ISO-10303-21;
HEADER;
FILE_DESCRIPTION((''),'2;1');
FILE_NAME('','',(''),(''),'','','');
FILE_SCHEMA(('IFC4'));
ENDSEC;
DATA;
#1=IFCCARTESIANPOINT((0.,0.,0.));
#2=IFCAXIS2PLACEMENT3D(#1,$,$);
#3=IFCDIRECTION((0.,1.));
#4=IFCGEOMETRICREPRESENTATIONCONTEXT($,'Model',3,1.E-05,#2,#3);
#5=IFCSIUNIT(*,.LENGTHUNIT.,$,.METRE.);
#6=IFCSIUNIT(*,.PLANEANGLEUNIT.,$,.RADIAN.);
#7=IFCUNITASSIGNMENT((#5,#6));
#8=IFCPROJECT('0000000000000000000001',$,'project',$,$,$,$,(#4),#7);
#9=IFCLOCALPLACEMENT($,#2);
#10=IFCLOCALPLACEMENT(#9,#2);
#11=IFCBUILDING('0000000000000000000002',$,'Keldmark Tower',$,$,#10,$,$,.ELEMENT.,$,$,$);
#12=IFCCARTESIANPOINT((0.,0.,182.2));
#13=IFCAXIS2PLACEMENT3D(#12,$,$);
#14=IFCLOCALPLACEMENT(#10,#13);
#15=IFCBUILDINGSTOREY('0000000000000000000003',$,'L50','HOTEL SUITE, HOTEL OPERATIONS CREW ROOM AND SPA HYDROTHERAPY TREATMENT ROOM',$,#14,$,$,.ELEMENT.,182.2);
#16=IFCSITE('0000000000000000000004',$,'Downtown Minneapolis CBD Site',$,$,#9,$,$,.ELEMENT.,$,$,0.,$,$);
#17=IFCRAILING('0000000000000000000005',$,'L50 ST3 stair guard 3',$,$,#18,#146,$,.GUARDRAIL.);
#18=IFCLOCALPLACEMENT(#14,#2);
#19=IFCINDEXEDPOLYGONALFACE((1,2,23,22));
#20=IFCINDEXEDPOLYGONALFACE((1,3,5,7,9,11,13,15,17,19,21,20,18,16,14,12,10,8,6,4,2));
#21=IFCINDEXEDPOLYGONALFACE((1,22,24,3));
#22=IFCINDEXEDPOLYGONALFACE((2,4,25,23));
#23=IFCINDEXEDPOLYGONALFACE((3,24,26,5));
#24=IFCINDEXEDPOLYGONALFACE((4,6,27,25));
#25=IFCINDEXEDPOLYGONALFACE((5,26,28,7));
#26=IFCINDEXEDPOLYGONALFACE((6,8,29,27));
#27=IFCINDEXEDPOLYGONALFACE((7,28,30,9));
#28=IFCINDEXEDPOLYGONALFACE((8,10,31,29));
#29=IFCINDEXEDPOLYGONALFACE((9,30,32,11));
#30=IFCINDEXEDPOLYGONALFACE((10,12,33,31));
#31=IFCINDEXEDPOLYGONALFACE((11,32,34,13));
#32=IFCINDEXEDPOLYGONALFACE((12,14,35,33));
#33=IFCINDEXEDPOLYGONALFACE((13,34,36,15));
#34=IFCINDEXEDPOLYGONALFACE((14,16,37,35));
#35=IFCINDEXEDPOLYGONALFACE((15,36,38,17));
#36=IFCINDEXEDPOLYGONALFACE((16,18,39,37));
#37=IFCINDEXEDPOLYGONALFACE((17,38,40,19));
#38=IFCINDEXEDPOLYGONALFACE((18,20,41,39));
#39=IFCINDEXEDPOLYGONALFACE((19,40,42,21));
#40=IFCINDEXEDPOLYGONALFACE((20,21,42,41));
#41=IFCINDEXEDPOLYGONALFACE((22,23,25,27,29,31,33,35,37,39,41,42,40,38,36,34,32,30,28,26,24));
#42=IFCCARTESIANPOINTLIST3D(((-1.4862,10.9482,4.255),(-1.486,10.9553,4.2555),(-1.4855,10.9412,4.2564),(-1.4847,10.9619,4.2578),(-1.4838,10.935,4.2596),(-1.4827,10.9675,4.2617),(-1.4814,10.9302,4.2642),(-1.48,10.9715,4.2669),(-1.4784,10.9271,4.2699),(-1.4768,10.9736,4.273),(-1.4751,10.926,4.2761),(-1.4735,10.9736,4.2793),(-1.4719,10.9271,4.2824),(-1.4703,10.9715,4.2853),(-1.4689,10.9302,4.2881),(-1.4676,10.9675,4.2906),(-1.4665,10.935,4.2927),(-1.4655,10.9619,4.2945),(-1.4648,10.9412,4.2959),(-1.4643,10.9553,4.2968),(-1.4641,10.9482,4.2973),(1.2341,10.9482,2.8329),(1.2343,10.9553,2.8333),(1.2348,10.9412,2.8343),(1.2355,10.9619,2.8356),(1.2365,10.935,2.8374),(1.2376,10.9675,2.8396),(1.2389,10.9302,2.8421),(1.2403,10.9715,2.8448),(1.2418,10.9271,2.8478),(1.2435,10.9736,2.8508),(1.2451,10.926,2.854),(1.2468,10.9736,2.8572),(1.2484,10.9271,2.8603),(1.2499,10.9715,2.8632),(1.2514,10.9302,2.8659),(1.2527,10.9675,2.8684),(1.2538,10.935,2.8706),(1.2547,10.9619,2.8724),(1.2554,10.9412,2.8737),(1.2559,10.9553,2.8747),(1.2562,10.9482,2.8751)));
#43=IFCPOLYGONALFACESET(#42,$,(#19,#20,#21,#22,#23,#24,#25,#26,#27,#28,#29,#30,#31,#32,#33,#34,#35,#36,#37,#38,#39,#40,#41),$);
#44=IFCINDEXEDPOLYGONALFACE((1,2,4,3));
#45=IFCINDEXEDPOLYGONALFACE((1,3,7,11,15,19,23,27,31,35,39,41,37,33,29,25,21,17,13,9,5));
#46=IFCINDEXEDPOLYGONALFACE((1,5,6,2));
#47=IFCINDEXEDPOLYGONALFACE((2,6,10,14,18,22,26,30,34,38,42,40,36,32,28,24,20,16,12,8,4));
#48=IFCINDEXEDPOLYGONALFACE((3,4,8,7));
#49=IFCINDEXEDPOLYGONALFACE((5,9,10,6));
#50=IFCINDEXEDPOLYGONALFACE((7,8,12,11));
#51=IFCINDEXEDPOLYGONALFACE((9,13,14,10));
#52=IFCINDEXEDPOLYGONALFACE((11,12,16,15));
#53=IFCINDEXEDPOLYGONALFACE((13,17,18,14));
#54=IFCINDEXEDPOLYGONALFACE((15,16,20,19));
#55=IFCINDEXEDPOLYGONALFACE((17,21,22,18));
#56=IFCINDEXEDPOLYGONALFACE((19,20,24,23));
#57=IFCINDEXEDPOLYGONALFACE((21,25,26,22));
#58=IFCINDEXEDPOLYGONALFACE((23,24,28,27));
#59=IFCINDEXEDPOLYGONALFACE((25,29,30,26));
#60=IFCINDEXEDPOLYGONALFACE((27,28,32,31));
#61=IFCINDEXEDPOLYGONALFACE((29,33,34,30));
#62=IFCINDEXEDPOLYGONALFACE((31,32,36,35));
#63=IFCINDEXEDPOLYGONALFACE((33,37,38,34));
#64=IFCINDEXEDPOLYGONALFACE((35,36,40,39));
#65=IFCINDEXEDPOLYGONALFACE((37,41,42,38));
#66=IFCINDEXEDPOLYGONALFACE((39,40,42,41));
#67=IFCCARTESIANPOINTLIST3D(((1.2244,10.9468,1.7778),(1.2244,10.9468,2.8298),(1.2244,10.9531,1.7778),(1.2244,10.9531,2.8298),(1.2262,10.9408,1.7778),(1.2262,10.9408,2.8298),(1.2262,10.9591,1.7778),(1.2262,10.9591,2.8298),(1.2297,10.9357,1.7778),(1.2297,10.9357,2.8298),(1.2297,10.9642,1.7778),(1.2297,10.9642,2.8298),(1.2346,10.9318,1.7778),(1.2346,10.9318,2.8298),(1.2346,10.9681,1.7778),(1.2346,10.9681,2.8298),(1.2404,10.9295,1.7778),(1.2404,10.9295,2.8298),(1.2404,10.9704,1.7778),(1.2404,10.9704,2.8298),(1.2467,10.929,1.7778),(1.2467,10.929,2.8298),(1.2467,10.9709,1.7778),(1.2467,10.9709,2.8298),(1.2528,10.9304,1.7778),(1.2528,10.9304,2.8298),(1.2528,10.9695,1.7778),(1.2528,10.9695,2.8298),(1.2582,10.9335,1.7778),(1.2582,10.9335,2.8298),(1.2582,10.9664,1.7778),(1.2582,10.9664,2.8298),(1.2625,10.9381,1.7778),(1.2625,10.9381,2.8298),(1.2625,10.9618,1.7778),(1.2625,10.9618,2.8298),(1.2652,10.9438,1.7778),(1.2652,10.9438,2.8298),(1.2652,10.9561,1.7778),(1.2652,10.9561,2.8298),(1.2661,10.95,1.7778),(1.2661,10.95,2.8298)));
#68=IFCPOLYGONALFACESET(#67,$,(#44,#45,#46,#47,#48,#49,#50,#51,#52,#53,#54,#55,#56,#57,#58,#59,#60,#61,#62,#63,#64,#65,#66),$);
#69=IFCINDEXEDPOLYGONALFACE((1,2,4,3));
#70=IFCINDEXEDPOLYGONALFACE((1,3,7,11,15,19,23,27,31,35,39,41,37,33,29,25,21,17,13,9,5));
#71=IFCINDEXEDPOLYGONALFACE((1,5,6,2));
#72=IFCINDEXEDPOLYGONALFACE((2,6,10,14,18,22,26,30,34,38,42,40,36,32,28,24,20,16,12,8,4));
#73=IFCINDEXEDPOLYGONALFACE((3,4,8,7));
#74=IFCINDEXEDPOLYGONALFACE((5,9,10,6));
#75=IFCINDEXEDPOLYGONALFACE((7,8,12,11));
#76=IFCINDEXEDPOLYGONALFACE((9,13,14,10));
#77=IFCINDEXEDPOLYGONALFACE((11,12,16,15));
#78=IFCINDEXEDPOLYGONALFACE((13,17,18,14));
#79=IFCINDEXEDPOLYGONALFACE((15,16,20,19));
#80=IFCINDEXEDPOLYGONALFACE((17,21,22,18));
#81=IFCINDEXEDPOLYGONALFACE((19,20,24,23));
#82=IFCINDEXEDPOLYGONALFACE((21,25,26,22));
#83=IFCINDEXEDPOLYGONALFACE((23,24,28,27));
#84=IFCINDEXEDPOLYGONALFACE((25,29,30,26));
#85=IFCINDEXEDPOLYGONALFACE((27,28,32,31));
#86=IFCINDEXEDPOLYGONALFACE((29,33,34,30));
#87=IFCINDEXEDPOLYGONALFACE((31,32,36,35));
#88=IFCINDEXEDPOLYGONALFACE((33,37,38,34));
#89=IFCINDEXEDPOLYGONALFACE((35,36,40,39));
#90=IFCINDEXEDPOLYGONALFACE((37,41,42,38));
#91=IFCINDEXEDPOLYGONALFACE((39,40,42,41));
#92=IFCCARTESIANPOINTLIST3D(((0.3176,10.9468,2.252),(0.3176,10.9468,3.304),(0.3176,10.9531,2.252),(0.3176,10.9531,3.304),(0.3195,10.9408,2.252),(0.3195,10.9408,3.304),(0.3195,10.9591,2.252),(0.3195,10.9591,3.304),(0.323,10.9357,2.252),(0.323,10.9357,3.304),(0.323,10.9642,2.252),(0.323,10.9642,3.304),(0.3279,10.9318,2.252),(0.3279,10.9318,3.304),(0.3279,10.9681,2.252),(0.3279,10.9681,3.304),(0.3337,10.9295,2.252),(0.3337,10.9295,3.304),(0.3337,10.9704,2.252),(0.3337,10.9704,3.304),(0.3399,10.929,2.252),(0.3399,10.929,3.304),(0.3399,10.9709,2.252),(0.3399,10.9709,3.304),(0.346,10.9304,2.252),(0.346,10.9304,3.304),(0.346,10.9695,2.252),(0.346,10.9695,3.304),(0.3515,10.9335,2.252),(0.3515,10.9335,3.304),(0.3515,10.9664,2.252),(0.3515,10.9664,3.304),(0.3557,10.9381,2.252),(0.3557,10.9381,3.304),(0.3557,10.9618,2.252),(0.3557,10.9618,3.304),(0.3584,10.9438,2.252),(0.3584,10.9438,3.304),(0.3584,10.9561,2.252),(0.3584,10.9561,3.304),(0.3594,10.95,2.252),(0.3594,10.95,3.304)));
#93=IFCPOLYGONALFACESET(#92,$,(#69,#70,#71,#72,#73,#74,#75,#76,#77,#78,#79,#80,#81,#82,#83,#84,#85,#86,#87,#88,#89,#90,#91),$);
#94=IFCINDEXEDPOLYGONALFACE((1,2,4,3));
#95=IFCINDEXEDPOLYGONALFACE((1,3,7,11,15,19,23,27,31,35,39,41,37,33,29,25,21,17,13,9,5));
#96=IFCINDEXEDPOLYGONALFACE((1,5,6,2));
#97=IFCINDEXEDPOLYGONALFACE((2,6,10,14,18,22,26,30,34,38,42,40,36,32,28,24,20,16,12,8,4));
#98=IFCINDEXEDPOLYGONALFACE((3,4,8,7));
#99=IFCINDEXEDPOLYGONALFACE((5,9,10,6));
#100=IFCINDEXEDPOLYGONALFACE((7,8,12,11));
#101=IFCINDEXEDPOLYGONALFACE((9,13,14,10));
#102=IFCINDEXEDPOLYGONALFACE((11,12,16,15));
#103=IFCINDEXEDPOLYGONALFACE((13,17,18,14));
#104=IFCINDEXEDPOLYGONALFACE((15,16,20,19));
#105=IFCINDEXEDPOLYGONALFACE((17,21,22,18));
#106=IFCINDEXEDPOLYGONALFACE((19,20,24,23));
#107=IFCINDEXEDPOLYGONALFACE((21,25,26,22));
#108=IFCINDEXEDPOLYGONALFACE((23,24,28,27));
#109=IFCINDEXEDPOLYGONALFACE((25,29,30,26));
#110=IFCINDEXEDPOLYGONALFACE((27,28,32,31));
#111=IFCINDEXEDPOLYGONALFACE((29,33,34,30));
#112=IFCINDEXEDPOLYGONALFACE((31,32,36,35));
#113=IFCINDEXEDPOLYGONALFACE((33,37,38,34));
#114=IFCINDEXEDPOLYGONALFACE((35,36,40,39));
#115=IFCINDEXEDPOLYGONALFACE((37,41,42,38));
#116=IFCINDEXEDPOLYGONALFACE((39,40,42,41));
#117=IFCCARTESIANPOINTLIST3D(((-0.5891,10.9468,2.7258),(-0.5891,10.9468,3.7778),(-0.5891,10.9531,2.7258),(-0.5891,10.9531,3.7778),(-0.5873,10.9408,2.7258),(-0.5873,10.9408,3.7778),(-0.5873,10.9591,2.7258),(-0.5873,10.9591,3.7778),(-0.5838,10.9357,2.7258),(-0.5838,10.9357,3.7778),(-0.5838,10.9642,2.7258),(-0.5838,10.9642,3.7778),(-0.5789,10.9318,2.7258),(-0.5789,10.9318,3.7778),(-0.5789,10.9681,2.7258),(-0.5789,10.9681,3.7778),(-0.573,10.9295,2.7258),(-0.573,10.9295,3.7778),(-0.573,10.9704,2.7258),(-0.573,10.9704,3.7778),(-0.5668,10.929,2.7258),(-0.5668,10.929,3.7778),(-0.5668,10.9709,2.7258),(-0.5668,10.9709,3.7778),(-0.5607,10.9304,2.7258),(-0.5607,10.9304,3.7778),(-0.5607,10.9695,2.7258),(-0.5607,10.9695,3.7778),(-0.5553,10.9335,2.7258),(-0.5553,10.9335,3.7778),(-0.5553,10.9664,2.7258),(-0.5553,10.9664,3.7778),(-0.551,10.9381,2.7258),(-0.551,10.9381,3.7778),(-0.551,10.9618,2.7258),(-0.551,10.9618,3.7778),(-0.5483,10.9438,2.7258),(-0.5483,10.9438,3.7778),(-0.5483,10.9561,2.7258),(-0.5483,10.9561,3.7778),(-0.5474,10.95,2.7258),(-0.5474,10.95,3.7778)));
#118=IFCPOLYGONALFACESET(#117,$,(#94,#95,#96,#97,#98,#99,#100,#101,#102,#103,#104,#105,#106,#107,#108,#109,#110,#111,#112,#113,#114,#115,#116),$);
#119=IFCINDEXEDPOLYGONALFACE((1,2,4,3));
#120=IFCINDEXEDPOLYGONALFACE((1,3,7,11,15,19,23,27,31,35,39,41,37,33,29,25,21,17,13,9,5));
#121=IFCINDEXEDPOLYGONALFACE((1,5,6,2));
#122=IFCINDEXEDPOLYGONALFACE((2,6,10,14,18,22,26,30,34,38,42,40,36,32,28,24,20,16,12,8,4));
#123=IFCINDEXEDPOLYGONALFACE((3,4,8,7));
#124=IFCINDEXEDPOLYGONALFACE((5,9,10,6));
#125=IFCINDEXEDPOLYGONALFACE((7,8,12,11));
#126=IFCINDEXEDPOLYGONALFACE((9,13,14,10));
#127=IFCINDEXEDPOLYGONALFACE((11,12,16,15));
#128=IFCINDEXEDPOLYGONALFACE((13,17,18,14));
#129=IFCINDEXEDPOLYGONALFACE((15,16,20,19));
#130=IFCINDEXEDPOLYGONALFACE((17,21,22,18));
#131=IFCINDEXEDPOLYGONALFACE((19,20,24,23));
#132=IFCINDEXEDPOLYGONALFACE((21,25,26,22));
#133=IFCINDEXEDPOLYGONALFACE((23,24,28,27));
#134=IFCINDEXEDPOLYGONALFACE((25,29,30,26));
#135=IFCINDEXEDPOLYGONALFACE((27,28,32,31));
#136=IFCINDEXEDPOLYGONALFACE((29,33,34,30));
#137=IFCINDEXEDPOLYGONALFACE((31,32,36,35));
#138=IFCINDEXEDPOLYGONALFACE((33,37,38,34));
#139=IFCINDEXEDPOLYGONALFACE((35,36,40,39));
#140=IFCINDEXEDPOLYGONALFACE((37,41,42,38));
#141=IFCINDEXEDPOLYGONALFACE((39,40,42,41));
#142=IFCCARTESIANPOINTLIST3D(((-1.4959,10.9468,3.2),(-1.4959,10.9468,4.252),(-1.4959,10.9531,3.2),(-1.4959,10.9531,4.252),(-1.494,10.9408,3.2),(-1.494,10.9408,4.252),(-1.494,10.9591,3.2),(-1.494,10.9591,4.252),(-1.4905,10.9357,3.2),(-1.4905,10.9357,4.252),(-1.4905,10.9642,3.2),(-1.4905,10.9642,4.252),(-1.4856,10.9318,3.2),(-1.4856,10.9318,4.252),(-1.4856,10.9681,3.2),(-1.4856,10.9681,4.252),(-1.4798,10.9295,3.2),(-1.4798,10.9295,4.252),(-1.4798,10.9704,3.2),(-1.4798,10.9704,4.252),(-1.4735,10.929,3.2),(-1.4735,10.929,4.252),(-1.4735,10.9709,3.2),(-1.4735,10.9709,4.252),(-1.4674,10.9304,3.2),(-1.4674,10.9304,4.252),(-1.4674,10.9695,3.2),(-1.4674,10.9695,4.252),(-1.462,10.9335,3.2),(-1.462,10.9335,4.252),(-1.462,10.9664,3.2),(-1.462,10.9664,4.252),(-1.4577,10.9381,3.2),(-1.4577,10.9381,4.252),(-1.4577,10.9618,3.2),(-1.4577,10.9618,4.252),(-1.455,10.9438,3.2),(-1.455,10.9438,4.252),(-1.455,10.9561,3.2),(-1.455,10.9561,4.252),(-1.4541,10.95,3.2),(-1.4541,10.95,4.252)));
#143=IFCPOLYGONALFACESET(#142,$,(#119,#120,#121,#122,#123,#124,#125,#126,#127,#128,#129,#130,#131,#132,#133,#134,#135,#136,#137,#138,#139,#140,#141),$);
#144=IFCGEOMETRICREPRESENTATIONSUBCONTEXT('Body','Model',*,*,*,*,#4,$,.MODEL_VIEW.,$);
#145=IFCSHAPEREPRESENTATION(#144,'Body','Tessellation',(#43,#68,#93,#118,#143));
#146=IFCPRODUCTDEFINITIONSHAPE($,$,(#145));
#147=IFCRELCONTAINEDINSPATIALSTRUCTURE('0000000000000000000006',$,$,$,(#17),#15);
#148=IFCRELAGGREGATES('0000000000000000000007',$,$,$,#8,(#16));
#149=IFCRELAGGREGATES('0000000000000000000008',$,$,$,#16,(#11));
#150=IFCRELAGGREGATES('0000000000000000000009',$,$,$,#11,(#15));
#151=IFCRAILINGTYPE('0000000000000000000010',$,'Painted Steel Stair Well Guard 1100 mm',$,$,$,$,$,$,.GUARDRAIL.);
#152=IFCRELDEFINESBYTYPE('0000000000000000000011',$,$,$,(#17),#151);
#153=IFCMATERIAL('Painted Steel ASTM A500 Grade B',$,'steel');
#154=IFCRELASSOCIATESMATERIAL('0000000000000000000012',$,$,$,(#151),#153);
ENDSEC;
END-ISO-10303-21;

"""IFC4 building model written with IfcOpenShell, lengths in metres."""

from ifc_helpers import new_model, si_unit, direction, frame, origin, origin_2d, place, context, subcontext, project, spatial, circle, extrude, material, type_object, element, save


model = new_model("IFC4")

# Units and contexts
model_context = context("Model", 3, precision=1e-05, world=origin(), true_north=direction((0.0, 1.0)))
body_context = subcontext(model_context, "Body", "Model", "MODEL_VIEW")
ifc_project = project(units=[si_unit("LENGTHUNIT", "METRE"), si_unit("PLANEANGLEUNIT", "RADIAN")], contexts=[model_context])

# Site, building, storey
site_placement = place(None, origin())
site = spatial("IfcSite", under=ifc_project, at=site_placement, Name="Downtown Minneapolis CBD Site", CompositionType="ELEMENT", RefElevation=0.0)
building_placement = place(site_placement, origin())
building = spatial("IfcBuilding", under=site, at=building_placement, Name="Keldmark Tower", CompositionType="ELEMENT")
storey_placement = place(building_placement, frame((0.0, 0.0, 182.2)))
storey = spatial("IfcBuildingStorey", under=building, at=storey_placement, Name="L50", Description="HOTEL SUITE, HOTEL OPERATIONS CREW ROOM AND SPA HYDROTHERAPY TREATMENT ROOM", CompositionType="ELEMENT", Elevation=182.2)

# Railing
ifc_material_1 = material(Name="Painted Steel ASTM A500 Grade B", Category="steel")
railing_type_1 = type_object("IfcRailingType", Name="Painted Steel Stair Well Guard 1100 mm", PredefinedType="GUARDRAIL", material=ifc_material_1)
railing_1_placement = place(storey_placement, frame((1.2451, 10.95, 1.7778)))
element("IfcRailing", 1, at=railing_1_placement, inside=storey, type_object=railing_type_1, Name="L50 ST3 stair guard 3", PredefinedType="GUARDRAIL", context=body_context, shape_type="SweptSolid", body=[
    extrude(circle(Radius=0.0239, at=origin_2d()), frame((0.0, 0.0, 1.0762), z_axis=(-0.8862, 0.0, 0.463302), x_axis=(0.0, -1.0, 0.0)), (0.0, 0.0, 1.0), 3.0696),
    extrude(circle(Radius=0.021, at=origin_2d()), origin(), (0.0, 0.0, 1.0), 1.052),
    extrude(circle(Radius=0.021, at=origin_2d()), frame((-0.9067, 0.0, 0.4741)), (0.0, 0.0, 1.0), 1.052),
    extrude(circle(Radius=0.021, at=origin_2d()), frame((-1.8135, 0.0, 0.948)), (0.0, 0.0, 1.0), 1.052),
    extrude(circle(Radius=0.021, at=origin_2d()), frame((-2.7202, 0.0, 1.4221)), (0.0, 0.0, 1.0), 1.052),
])

save(model, "model.ifc")
